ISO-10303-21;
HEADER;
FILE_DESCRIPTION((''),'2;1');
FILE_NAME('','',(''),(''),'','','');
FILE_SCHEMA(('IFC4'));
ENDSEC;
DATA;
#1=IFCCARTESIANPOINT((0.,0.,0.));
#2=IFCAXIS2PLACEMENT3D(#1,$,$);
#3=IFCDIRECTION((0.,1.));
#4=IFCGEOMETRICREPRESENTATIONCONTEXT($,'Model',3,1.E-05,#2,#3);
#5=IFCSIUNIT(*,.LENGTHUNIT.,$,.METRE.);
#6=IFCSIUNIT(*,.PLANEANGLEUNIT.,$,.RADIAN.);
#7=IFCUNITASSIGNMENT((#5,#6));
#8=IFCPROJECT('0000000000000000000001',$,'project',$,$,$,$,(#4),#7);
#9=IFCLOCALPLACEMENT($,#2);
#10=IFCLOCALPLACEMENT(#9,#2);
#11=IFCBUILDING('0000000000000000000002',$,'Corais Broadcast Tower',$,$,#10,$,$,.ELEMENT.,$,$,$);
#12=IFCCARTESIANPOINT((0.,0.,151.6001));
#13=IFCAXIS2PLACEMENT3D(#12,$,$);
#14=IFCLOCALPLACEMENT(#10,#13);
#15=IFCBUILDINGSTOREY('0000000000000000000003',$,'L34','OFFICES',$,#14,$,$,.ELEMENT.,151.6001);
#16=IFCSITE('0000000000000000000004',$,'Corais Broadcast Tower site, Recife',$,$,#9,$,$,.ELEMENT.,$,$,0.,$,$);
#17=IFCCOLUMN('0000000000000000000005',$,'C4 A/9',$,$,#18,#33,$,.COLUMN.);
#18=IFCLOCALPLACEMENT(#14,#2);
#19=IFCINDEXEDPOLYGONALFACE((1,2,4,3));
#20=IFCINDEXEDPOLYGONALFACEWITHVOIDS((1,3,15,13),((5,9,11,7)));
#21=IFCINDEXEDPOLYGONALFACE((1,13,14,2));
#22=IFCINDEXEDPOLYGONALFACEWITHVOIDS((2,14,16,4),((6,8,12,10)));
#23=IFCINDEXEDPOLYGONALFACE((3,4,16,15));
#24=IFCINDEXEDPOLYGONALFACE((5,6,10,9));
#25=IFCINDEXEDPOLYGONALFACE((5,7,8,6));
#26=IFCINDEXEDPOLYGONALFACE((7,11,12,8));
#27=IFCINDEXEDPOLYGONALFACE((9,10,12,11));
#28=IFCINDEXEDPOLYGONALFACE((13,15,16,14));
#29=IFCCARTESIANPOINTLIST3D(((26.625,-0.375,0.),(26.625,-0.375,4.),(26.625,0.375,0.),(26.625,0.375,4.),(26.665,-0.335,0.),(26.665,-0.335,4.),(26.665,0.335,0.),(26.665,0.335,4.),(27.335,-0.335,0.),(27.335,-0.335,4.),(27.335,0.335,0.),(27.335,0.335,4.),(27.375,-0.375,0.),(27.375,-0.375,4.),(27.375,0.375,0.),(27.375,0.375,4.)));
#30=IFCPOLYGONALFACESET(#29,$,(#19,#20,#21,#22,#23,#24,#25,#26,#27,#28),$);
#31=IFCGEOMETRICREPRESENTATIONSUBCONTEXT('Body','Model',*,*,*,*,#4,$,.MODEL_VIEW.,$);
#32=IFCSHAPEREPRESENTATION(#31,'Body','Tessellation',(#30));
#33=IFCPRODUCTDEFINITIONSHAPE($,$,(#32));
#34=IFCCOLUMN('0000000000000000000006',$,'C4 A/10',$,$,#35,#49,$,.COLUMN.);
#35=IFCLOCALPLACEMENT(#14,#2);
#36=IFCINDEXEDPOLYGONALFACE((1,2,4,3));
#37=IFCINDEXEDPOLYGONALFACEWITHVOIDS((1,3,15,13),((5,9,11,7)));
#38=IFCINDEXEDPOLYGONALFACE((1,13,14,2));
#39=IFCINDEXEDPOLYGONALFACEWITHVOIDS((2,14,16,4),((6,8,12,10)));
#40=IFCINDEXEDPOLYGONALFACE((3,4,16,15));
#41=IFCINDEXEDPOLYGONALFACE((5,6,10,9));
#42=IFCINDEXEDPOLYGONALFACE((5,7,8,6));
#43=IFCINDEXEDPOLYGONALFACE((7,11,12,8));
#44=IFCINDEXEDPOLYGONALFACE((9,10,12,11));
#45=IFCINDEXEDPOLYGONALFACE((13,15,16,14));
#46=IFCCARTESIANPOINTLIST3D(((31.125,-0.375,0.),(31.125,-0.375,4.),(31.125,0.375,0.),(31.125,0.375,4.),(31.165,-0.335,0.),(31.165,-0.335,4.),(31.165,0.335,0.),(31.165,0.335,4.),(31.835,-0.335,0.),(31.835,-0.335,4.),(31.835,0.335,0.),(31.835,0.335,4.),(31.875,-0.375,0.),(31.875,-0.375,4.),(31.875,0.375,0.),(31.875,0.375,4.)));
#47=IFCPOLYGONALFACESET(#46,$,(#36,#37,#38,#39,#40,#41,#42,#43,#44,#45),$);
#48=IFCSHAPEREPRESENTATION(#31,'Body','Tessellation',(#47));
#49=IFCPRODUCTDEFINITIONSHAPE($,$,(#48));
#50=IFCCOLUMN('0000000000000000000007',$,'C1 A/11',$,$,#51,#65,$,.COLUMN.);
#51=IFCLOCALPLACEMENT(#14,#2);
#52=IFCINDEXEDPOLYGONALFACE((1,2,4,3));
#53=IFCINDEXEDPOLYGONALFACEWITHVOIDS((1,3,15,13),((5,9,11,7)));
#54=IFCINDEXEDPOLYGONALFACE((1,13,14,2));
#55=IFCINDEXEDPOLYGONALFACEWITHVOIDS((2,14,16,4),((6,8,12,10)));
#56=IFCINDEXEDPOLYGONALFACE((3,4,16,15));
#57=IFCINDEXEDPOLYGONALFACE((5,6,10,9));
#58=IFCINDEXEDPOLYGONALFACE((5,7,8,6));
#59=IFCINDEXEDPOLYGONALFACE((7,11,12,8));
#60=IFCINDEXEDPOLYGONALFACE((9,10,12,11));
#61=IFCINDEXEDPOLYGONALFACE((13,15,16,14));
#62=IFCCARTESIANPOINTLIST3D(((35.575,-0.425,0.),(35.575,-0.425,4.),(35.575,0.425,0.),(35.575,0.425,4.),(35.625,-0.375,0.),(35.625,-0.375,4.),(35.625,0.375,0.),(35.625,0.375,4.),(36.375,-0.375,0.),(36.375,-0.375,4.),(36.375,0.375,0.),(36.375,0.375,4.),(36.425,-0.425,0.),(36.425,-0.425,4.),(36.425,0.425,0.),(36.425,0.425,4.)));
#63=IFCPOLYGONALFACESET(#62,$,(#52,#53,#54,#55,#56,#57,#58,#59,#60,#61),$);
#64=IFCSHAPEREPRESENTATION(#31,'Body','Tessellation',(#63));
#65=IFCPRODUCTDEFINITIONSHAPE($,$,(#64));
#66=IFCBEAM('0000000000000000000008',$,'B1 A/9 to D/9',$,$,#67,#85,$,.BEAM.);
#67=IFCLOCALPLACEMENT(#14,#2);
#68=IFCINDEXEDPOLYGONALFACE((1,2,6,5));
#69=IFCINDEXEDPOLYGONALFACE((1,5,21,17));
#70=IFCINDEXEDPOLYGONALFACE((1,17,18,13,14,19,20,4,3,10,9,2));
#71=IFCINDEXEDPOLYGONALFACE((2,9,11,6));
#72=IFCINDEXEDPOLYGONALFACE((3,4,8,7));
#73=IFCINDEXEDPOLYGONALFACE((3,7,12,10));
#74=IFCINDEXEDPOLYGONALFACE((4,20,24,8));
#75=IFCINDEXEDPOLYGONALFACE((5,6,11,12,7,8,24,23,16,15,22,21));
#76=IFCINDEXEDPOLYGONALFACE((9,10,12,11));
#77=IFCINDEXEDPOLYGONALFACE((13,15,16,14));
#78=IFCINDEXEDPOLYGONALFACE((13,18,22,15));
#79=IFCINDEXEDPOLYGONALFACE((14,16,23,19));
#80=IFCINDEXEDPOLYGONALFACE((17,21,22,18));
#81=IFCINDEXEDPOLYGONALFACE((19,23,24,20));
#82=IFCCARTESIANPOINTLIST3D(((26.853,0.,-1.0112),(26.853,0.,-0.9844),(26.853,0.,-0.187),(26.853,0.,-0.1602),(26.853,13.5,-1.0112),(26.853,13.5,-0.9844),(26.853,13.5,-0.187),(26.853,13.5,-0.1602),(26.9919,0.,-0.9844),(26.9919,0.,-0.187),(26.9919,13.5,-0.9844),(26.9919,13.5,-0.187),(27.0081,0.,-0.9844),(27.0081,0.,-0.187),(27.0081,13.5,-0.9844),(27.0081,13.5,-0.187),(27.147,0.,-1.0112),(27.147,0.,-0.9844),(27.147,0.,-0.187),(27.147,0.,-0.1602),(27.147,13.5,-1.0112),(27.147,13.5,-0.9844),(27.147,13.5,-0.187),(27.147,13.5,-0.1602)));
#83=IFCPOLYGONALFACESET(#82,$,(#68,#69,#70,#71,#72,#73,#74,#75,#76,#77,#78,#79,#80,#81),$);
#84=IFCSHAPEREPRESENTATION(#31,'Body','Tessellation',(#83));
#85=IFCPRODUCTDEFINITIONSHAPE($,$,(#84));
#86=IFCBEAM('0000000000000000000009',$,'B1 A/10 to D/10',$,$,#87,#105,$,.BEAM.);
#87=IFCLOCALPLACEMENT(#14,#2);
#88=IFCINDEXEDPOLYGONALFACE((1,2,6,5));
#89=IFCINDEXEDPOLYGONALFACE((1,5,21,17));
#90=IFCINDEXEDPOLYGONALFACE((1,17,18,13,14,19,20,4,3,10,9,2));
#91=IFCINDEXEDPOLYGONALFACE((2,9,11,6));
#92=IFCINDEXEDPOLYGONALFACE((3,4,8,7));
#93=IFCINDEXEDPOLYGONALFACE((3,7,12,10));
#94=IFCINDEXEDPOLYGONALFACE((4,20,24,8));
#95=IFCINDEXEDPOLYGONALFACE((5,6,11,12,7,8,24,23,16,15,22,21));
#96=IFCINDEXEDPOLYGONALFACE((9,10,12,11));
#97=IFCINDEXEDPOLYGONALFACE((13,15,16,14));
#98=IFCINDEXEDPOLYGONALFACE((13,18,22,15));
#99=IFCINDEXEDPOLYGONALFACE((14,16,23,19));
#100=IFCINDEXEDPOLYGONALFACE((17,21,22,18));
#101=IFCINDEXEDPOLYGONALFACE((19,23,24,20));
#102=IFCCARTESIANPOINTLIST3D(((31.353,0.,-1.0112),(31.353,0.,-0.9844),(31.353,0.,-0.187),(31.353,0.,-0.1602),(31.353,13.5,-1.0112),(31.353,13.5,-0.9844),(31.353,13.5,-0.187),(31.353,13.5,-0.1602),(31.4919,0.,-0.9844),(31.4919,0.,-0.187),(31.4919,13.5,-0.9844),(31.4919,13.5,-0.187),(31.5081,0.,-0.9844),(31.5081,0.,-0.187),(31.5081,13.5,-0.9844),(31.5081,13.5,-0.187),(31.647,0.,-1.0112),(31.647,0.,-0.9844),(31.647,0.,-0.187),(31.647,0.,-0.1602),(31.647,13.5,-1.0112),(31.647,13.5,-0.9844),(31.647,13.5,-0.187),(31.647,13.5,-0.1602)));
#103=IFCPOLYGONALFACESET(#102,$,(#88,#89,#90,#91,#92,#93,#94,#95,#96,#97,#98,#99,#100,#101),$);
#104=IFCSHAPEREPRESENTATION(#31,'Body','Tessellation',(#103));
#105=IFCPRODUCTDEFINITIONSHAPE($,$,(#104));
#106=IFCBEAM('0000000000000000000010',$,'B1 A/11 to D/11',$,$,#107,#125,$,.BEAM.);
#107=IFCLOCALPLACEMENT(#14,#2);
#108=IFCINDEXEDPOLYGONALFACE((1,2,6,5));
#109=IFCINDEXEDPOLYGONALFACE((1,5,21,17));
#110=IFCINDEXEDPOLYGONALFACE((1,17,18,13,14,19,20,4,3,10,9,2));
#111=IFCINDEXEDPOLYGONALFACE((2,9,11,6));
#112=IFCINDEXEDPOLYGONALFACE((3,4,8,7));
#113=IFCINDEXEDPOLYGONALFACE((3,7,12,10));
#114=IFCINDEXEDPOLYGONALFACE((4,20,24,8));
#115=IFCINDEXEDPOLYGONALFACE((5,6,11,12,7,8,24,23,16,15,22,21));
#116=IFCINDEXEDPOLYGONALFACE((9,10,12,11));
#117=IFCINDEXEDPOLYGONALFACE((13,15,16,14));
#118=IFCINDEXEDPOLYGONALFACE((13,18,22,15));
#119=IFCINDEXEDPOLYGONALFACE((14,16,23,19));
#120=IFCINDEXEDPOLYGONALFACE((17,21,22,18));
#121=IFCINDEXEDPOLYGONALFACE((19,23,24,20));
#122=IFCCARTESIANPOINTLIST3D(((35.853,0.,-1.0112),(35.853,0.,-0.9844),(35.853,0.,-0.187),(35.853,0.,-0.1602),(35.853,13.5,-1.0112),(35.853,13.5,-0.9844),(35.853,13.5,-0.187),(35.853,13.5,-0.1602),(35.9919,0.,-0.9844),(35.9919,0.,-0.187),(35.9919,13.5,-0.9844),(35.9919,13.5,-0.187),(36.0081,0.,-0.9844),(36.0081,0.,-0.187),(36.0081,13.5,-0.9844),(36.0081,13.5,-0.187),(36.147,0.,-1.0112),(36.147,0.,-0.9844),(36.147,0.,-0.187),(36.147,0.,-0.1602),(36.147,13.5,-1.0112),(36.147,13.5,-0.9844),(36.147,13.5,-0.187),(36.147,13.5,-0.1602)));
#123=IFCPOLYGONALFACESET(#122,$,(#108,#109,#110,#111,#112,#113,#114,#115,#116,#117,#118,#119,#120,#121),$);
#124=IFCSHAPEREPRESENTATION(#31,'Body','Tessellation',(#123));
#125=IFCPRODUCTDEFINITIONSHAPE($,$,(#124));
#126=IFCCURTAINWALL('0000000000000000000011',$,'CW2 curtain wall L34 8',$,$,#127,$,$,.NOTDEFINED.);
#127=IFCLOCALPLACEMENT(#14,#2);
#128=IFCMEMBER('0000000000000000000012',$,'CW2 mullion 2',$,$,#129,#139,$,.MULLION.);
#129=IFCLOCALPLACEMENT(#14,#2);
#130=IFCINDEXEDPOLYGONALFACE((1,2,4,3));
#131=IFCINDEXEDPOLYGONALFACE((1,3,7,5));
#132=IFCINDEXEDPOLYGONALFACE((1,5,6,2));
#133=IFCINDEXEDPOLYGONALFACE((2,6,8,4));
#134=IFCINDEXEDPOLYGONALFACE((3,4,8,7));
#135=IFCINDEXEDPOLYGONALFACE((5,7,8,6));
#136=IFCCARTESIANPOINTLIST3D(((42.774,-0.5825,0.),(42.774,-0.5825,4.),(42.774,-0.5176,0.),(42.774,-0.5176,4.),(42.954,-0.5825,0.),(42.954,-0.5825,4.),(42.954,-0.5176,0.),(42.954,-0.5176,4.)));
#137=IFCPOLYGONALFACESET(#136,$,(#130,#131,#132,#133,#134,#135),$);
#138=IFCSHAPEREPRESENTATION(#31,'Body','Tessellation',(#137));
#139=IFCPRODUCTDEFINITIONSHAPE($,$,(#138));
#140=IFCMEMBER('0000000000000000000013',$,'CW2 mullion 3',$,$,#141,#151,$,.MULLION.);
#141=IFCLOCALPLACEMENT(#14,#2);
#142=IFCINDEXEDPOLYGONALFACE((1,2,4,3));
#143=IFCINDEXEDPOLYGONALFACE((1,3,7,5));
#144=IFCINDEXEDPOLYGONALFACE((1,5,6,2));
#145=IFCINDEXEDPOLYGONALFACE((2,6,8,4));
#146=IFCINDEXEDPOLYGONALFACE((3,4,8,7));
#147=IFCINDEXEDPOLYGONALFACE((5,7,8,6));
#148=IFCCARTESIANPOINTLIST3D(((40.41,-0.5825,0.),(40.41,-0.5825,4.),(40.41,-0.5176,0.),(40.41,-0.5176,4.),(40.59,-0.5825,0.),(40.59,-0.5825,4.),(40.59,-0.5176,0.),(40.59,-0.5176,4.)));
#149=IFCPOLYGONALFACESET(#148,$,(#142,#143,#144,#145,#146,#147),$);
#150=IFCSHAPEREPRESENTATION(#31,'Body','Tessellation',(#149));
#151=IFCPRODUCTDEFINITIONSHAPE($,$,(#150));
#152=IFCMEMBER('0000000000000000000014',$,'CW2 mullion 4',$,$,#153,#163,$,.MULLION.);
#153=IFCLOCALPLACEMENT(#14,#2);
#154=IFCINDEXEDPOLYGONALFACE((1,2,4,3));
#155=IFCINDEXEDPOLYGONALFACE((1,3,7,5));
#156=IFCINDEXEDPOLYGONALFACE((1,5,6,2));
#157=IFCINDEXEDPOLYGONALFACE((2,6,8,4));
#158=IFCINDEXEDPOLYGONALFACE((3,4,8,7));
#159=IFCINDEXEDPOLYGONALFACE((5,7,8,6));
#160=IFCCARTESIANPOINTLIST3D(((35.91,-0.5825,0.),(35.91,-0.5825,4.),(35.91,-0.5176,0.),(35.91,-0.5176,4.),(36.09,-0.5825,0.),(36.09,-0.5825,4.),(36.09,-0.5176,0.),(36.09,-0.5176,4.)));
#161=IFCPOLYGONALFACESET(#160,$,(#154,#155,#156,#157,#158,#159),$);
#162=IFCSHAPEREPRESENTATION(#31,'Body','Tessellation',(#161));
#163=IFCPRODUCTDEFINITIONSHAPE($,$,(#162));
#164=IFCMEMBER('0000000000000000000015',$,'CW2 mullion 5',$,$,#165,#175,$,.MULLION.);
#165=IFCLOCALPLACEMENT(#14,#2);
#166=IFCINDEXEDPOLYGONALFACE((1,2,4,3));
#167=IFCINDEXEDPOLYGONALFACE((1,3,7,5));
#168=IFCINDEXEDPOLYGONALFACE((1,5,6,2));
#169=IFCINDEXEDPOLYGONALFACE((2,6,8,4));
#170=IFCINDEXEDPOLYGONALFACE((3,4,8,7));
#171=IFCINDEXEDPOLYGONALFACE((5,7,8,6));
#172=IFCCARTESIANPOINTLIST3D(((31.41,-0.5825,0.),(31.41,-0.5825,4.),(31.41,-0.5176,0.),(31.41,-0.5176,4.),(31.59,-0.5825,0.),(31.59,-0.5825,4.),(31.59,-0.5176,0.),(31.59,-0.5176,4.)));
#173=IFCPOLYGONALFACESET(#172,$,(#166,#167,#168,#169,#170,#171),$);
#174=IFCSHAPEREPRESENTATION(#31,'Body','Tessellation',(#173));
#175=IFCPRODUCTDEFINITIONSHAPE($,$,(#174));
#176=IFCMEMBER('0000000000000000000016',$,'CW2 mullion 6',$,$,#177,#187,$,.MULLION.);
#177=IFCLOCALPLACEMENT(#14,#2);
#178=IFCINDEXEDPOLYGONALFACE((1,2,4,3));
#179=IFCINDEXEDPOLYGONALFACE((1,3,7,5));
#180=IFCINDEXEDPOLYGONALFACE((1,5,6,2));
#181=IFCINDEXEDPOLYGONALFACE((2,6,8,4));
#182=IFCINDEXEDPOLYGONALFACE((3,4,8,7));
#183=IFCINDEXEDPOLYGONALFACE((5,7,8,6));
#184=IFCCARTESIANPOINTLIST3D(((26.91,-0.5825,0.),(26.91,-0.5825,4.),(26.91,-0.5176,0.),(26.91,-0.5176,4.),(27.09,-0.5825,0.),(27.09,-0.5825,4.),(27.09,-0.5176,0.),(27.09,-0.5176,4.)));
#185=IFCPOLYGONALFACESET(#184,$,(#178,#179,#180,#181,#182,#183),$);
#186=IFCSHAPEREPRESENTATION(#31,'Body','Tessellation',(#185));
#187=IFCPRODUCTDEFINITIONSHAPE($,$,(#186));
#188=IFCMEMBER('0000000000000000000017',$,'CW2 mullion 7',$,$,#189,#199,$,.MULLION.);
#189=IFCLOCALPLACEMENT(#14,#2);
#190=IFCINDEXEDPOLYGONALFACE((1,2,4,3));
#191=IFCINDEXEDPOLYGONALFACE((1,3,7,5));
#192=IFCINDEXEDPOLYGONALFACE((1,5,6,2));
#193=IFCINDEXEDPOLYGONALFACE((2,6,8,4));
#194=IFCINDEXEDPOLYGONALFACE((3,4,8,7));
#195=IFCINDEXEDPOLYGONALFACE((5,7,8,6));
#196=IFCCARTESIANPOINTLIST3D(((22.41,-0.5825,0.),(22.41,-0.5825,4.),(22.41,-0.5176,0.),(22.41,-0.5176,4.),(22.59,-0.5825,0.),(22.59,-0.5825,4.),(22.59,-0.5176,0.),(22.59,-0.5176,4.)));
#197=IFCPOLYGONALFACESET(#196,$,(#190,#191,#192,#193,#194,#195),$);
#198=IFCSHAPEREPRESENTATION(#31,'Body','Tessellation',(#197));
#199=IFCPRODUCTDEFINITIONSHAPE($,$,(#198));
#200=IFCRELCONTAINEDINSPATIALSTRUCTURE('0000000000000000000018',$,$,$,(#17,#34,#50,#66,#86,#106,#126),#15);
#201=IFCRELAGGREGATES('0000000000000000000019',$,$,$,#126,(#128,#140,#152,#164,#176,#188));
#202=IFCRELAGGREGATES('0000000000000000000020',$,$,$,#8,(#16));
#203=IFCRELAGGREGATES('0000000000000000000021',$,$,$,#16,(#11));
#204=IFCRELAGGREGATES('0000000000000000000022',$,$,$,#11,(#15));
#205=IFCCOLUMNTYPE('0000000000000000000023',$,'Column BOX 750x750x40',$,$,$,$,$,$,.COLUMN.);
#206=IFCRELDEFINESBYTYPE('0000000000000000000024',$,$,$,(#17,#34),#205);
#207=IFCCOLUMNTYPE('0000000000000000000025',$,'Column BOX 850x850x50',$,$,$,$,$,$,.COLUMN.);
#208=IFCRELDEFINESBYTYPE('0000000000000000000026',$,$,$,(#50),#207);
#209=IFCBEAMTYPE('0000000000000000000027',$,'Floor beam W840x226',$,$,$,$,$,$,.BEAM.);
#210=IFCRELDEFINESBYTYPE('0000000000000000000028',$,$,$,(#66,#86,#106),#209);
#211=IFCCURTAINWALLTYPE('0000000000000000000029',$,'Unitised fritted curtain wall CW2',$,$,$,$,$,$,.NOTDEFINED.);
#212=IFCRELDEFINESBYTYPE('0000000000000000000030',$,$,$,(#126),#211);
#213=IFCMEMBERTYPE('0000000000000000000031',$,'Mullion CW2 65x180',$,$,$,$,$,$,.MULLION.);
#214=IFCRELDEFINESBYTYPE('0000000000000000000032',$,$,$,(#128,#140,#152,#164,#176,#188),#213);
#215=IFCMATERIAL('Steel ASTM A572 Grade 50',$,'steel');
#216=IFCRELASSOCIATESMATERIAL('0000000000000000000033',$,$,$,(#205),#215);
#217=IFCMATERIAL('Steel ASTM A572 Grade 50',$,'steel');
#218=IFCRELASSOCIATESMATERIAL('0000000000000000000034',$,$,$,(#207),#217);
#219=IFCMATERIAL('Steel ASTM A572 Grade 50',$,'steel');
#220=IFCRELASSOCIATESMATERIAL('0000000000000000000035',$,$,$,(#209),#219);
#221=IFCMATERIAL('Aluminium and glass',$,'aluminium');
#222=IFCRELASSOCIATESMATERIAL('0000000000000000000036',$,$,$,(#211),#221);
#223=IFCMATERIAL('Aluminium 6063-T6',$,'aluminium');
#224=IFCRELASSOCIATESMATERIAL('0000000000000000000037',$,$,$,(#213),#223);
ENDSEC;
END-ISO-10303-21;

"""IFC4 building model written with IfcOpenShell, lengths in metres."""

from ifc_helpers import new_model, si_unit, direction, frame, origin, origin_2d, place, context, subcontext, project, spatial, rectangle, hollow_rectangle, i_section, extrude, material, material_profile, profile_set, type_object, element, aggregate, save


model = new_model("IFC4")

# Units and contexts
model_context = context("Model", 3, precision=1e-05, world=origin(), true_north=direction((0.0, 1.0)))
body_context = subcontext(model_context, "Body", "Model", "MODEL_VIEW")
ifc_project = project(units=[si_unit("LENGTHUNIT", "METRE"), si_unit("PLANEANGLEUNIT", "RADIAN")], contexts=[model_context])

# Site, building, storey
site_placement = place(None, origin())
site = spatial("IfcSite", under=ifc_project, at=site_placement, Name="Corais Broadcast Tower site, Recife", CompositionType="ELEMENT", RefElevation=0.0)
building_placement = place(site_placement, origin())
building = spatial("IfcBuilding", under=site, at=building_placement, Name="Corais Broadcast Tower", CompositionType="ELEMENT")
storey_placement = place(building_placement, frame((0.0, 0.0, 151.6001)))
storey = spatial("IfcBuildingStorey", under=building, at=storey_placement, Name="L34", Description="OFFICES", CompositionType="ELEMENT", Elevation=151.6001)

# Columns
ifc_material_1 = material(Name="Steel ASTM A572 Grade 50", Category="steel")
ifc_material_profile_1 = material_profile(ifc_material_1, hollow_rectangle(XDim=0.75, YDim=0.75, WallThickness=0.04, at=origin_2d()), Name="BOX 750x750x40")
ifc_profile_set_1 = profile_set([ifc_material_profile_1], Name="Steel ASTM A572 Grade 50")
column_type_1 = type_object("IfcColumnType", Name="Column BOX 750x750x40", PredefinedType="COLUMN", material=ifc_profile_set_1)
for number, where, z_axis, x_axis, name in (
    (1, (27.0, 0.0, 0.0), (0.0, 0.0, 1.0), (1.0, 0.0, 0.0), "C4 A/9"),
    (2, (31.5, 0.0, 0.0), (0.0, 0.0, 1.0), (1.0, 0.0, 0.0), "C4 A/10"),
):
    element("IfcColumn", number, at=place(storey_placement, frame(where, z_axis=z_axis, x_axis=x_axis)), inside=storey, type_object=column_type_1, Name=name, PredefinedType="COLUMN", context=body_context, shape_type="SweptSolid", body=[
        extrude(hollow_rectangle(XDim=0.75, YDim=0.75, WallThickness=0.04, at=origin_2d()), origin(), (0.0, 0.0, 1.0), 4.0),
    ])
ifc_material_2 = material(Name="Steel ASTM A572 Grade 50", Category="steel")
ifc_material_profile_2 = material_profile(ifc_material_2, hollow_rectangle(XDim=0.8501, YDim=0.8501, WallThickness=0.05, at=origin_2d()), Name="BOX 850x850x50")
ifc_profile_set_2 = profile_set([ifc_material_profile_2], Name="Steel ASTM A572 Grade 50")
column_type_2 = type_object("IfcColumnType", Name="Column BOX 850x850x50", PredefinedType="COLUMN", material=ifc_profile_set_2)
column_placement = place(storey_placement, frame((36.0, 0.0, 0.0), z_axis=(0.0, 0.0, 1.0), x_axis=(1.0, 0.0, 0.0)))
element("IfcColumn", 3, at=column_placement, inside=storey, type_object=column_type_2, Name="C1 A/11", PredefinedType="COLUMN", context=body_context, shape_type="SweptSolid", body=[
    extrude(hollow_rectangle(XDim=0.8501, YDim=0.8501, WallThickness=0.05, at=origin_2d()), origin(), (0.0, 0.0, 1.0), 4.0),
])

# Beams
ifc_material_3 = material(Name="Steel ASTM A572 Grade 50", Category="steel")
ifc_material_profile_3 = material_profile(ifc_material_3, i_section(OverallWidth=0.2939, OverallDepth=0.8511, WebThickness=0.0161, FlangeThickness=0.0269, at=origin_2d()), Name="W840x226")
ifc_profile_set_3 = profile_set([ifc_material_profile_3], Name="Steel ASTM A572 Grade 50")
beam_type_1 = type_object("IfcBeamType", Name="Floor beam W840x226", PredefinedType="BEAM", material=ifc_profile_set_3)
for number, where, z_axis, x_axis, name in (
    (4, (27.0, 0.0, -0.5857), (0.0, 1.0, 0.0), (-1.0, 0.0, 0.0), "B1 A/9 to D/9"),
    (5, (31.5, 0.0, -0.5857), (0.0, 1.0, 0.0), (-1.0, 0.0, 0.0), "B1 A/10 to D/10"),
    (6, (36.0, 0.0, -0.5857), (0.0, 1.0, 0.0), (-1.0, 0.0, 0.0), "B1 A/11 to D/11"),
):
    element("IfcBeam", number, at=place(storey_placement, frame(where, z_axis=z_axis, x_axis=x_axis)), inside=storey, type_object=beam_type_1, Name=name, PredefinedType="BEAM", context=body_context, shape_type="SweptSolid", body=[
        extrude(i_section(OverallWidth=0.2939, OverallDepth=0.8511, WebThickness=0.0161, FlangeThickness=0.0269, at=origin_2d()), origin(), (0.0, 0.0, 1.0), 13.5),
    ])

# Curtain wall, members
ifc_material_4 = material(Name="Aluminium and glass", Category="aluminium")
curtain_wall_type = type_object("IfcCurtainWallType", Name="Unitised fritted curtain wall CW2", PredefinedType="NOTDEFINED", material=ifc_material_4)
curtain_wall_placement = place(storey_placement, origin())
curtain_wall = element("IfcCurtainWall", 7, at=curtain_wall_placement, inside=storey, type_object=curtain_wall_type, Name="CW2 curtain wall L34 8", PredefinedType="NOTDEFINED")
ifc_material_5 = material(Name="Aluminium 6063-T6", Category="aluminium")
ifc_material_profile_4 = material_profile(ifc_material_5, rectangle(XDim=0.0649, YDim=0.1799, at=origin_2d()), Name="Mullion CW2 65x180")
ifc_profile_set_4 = profile_set([ifc_material_profile_4], Name="Aluminium 6063-T6")
member_type_1 = type_object("IfcMemberType", Name="Mullion CW2 65x180", PredefinedType="MULLION", material=ifc_profile_set_4)
member_1_placement = place(storey_placement, frame((42.864, -0.55, 0.0), z_axis=(0.0, 0.0, 1.0), x_axis=(0.0, -1.0, 0.0)))
member_1 = element("IfcMember", 8, at=member_1_placement, type_object=member_type_1, Name="CW2 mullion 2", PredefinedType="MULLION", context=body_context, shape_type="SweptSolid", body=[
    extrude(rectangle(XDim=0.0649, YDim=0.1799, at=origin_2d()), origin(), (0.0, 0.0, 1.0), 4.0),
])
member_2_placement = place(storey_placement, frame((40.5, -0.55, 0.0), z_axis=(0.0, 0.0, 1.0), x_axis=(0.0, -1.0, 0.0)))
member_2 = element("IfcMember", 9, at=member_2_placement, type_object=member_type_1, Name="CW2 mullion 3", PredefinedType="MULLION", context=body_context, shape_type="SweptSolid", body=[
    extrude(rectangle(XDim=0.0649, YDim=0.1799, at=origin_2d()), origin(), (0.0, 0.0, 1.0), 4.0),
])
member_3_placement = place(storey_placement, frame((36.0, -0.55, 0.0), z_axis=(0.0, 0.0, 1.0), x_axis=(0.0, -1.0, 0.0)))
member_3 = element("IfcMember", 10, at=member_3_placement, type_object=member_type_1, Name="CW2 mullion 4", PredefinedType="MULLION", context=body_context, shape_type="SweptSolid", body=[
    extrude(rectangle(XDim=0.0649, YDim=0.1799, at=origin_2d()), origin(), (0.0, 0.0, 1.0), 4.0),
])
member_4_placement = place(storey_placement, frame((31.5, -0.55, 0.0), z_axis=(0.0, 0.0, 1.0), x_axis=(0.0, -1.0, 0.0)))
member_4 = element("IfcMember", 11, at=member_4_placement, type_object=member_type_1, Name="CW2 mullion 5", PredefinedType="MULLION", context=body_context, shape_type="SweptSolid", body=[
    extrude(rectangle(XDim=0.0649, YDim=0.1799, at=origin_2d()), origin(), (0.0, 0.0, 1.0), 4.0),
])
member_5_placement = place(storey_placement, frame((27.0, -0.55, 0.0), z_axis=(0.0, 0.0, 1.0), x_axis=(0.0, -1.0, 0.0)))
member_5 = element("IfcMember", 12, at=member_5_placement, type_object=member_type_1, Name="CW2 mullion 6", PredefinedType="MULLION", context=body_context, shape_type="SweptSolid", body=[
    extrude(rectangle(XDim=0.0649, YDim=0.1799, at=origin_2d()), origin(), (0.0, 0.0, 1.0), 4.0),
])
member_6_placement = place(storey_placement, frame((22.5, -0.55, 0.0), z_axis=(0.0, 0.0, 1.0), x_axis=(0.0, -1.0, 0.0)))
member_6 = element("IfcMember", 13, at=member_6_placement, type_object=member_type_1, Name="CW2 mullion 7", PredefinedType="MULLION", context=body_context, shape_type="SweptSolid", body=[
    extrude(rectangle(XDim=0.0649, YDim=0.1799, at=origin_2d()), origin(), (0.0, 0.0, 1.0), 4.0),
])

aggregate(curtain_wall, [member_1, member_2, member_3, member_4, member_5, member_6])

save(model, "model.ifc")
